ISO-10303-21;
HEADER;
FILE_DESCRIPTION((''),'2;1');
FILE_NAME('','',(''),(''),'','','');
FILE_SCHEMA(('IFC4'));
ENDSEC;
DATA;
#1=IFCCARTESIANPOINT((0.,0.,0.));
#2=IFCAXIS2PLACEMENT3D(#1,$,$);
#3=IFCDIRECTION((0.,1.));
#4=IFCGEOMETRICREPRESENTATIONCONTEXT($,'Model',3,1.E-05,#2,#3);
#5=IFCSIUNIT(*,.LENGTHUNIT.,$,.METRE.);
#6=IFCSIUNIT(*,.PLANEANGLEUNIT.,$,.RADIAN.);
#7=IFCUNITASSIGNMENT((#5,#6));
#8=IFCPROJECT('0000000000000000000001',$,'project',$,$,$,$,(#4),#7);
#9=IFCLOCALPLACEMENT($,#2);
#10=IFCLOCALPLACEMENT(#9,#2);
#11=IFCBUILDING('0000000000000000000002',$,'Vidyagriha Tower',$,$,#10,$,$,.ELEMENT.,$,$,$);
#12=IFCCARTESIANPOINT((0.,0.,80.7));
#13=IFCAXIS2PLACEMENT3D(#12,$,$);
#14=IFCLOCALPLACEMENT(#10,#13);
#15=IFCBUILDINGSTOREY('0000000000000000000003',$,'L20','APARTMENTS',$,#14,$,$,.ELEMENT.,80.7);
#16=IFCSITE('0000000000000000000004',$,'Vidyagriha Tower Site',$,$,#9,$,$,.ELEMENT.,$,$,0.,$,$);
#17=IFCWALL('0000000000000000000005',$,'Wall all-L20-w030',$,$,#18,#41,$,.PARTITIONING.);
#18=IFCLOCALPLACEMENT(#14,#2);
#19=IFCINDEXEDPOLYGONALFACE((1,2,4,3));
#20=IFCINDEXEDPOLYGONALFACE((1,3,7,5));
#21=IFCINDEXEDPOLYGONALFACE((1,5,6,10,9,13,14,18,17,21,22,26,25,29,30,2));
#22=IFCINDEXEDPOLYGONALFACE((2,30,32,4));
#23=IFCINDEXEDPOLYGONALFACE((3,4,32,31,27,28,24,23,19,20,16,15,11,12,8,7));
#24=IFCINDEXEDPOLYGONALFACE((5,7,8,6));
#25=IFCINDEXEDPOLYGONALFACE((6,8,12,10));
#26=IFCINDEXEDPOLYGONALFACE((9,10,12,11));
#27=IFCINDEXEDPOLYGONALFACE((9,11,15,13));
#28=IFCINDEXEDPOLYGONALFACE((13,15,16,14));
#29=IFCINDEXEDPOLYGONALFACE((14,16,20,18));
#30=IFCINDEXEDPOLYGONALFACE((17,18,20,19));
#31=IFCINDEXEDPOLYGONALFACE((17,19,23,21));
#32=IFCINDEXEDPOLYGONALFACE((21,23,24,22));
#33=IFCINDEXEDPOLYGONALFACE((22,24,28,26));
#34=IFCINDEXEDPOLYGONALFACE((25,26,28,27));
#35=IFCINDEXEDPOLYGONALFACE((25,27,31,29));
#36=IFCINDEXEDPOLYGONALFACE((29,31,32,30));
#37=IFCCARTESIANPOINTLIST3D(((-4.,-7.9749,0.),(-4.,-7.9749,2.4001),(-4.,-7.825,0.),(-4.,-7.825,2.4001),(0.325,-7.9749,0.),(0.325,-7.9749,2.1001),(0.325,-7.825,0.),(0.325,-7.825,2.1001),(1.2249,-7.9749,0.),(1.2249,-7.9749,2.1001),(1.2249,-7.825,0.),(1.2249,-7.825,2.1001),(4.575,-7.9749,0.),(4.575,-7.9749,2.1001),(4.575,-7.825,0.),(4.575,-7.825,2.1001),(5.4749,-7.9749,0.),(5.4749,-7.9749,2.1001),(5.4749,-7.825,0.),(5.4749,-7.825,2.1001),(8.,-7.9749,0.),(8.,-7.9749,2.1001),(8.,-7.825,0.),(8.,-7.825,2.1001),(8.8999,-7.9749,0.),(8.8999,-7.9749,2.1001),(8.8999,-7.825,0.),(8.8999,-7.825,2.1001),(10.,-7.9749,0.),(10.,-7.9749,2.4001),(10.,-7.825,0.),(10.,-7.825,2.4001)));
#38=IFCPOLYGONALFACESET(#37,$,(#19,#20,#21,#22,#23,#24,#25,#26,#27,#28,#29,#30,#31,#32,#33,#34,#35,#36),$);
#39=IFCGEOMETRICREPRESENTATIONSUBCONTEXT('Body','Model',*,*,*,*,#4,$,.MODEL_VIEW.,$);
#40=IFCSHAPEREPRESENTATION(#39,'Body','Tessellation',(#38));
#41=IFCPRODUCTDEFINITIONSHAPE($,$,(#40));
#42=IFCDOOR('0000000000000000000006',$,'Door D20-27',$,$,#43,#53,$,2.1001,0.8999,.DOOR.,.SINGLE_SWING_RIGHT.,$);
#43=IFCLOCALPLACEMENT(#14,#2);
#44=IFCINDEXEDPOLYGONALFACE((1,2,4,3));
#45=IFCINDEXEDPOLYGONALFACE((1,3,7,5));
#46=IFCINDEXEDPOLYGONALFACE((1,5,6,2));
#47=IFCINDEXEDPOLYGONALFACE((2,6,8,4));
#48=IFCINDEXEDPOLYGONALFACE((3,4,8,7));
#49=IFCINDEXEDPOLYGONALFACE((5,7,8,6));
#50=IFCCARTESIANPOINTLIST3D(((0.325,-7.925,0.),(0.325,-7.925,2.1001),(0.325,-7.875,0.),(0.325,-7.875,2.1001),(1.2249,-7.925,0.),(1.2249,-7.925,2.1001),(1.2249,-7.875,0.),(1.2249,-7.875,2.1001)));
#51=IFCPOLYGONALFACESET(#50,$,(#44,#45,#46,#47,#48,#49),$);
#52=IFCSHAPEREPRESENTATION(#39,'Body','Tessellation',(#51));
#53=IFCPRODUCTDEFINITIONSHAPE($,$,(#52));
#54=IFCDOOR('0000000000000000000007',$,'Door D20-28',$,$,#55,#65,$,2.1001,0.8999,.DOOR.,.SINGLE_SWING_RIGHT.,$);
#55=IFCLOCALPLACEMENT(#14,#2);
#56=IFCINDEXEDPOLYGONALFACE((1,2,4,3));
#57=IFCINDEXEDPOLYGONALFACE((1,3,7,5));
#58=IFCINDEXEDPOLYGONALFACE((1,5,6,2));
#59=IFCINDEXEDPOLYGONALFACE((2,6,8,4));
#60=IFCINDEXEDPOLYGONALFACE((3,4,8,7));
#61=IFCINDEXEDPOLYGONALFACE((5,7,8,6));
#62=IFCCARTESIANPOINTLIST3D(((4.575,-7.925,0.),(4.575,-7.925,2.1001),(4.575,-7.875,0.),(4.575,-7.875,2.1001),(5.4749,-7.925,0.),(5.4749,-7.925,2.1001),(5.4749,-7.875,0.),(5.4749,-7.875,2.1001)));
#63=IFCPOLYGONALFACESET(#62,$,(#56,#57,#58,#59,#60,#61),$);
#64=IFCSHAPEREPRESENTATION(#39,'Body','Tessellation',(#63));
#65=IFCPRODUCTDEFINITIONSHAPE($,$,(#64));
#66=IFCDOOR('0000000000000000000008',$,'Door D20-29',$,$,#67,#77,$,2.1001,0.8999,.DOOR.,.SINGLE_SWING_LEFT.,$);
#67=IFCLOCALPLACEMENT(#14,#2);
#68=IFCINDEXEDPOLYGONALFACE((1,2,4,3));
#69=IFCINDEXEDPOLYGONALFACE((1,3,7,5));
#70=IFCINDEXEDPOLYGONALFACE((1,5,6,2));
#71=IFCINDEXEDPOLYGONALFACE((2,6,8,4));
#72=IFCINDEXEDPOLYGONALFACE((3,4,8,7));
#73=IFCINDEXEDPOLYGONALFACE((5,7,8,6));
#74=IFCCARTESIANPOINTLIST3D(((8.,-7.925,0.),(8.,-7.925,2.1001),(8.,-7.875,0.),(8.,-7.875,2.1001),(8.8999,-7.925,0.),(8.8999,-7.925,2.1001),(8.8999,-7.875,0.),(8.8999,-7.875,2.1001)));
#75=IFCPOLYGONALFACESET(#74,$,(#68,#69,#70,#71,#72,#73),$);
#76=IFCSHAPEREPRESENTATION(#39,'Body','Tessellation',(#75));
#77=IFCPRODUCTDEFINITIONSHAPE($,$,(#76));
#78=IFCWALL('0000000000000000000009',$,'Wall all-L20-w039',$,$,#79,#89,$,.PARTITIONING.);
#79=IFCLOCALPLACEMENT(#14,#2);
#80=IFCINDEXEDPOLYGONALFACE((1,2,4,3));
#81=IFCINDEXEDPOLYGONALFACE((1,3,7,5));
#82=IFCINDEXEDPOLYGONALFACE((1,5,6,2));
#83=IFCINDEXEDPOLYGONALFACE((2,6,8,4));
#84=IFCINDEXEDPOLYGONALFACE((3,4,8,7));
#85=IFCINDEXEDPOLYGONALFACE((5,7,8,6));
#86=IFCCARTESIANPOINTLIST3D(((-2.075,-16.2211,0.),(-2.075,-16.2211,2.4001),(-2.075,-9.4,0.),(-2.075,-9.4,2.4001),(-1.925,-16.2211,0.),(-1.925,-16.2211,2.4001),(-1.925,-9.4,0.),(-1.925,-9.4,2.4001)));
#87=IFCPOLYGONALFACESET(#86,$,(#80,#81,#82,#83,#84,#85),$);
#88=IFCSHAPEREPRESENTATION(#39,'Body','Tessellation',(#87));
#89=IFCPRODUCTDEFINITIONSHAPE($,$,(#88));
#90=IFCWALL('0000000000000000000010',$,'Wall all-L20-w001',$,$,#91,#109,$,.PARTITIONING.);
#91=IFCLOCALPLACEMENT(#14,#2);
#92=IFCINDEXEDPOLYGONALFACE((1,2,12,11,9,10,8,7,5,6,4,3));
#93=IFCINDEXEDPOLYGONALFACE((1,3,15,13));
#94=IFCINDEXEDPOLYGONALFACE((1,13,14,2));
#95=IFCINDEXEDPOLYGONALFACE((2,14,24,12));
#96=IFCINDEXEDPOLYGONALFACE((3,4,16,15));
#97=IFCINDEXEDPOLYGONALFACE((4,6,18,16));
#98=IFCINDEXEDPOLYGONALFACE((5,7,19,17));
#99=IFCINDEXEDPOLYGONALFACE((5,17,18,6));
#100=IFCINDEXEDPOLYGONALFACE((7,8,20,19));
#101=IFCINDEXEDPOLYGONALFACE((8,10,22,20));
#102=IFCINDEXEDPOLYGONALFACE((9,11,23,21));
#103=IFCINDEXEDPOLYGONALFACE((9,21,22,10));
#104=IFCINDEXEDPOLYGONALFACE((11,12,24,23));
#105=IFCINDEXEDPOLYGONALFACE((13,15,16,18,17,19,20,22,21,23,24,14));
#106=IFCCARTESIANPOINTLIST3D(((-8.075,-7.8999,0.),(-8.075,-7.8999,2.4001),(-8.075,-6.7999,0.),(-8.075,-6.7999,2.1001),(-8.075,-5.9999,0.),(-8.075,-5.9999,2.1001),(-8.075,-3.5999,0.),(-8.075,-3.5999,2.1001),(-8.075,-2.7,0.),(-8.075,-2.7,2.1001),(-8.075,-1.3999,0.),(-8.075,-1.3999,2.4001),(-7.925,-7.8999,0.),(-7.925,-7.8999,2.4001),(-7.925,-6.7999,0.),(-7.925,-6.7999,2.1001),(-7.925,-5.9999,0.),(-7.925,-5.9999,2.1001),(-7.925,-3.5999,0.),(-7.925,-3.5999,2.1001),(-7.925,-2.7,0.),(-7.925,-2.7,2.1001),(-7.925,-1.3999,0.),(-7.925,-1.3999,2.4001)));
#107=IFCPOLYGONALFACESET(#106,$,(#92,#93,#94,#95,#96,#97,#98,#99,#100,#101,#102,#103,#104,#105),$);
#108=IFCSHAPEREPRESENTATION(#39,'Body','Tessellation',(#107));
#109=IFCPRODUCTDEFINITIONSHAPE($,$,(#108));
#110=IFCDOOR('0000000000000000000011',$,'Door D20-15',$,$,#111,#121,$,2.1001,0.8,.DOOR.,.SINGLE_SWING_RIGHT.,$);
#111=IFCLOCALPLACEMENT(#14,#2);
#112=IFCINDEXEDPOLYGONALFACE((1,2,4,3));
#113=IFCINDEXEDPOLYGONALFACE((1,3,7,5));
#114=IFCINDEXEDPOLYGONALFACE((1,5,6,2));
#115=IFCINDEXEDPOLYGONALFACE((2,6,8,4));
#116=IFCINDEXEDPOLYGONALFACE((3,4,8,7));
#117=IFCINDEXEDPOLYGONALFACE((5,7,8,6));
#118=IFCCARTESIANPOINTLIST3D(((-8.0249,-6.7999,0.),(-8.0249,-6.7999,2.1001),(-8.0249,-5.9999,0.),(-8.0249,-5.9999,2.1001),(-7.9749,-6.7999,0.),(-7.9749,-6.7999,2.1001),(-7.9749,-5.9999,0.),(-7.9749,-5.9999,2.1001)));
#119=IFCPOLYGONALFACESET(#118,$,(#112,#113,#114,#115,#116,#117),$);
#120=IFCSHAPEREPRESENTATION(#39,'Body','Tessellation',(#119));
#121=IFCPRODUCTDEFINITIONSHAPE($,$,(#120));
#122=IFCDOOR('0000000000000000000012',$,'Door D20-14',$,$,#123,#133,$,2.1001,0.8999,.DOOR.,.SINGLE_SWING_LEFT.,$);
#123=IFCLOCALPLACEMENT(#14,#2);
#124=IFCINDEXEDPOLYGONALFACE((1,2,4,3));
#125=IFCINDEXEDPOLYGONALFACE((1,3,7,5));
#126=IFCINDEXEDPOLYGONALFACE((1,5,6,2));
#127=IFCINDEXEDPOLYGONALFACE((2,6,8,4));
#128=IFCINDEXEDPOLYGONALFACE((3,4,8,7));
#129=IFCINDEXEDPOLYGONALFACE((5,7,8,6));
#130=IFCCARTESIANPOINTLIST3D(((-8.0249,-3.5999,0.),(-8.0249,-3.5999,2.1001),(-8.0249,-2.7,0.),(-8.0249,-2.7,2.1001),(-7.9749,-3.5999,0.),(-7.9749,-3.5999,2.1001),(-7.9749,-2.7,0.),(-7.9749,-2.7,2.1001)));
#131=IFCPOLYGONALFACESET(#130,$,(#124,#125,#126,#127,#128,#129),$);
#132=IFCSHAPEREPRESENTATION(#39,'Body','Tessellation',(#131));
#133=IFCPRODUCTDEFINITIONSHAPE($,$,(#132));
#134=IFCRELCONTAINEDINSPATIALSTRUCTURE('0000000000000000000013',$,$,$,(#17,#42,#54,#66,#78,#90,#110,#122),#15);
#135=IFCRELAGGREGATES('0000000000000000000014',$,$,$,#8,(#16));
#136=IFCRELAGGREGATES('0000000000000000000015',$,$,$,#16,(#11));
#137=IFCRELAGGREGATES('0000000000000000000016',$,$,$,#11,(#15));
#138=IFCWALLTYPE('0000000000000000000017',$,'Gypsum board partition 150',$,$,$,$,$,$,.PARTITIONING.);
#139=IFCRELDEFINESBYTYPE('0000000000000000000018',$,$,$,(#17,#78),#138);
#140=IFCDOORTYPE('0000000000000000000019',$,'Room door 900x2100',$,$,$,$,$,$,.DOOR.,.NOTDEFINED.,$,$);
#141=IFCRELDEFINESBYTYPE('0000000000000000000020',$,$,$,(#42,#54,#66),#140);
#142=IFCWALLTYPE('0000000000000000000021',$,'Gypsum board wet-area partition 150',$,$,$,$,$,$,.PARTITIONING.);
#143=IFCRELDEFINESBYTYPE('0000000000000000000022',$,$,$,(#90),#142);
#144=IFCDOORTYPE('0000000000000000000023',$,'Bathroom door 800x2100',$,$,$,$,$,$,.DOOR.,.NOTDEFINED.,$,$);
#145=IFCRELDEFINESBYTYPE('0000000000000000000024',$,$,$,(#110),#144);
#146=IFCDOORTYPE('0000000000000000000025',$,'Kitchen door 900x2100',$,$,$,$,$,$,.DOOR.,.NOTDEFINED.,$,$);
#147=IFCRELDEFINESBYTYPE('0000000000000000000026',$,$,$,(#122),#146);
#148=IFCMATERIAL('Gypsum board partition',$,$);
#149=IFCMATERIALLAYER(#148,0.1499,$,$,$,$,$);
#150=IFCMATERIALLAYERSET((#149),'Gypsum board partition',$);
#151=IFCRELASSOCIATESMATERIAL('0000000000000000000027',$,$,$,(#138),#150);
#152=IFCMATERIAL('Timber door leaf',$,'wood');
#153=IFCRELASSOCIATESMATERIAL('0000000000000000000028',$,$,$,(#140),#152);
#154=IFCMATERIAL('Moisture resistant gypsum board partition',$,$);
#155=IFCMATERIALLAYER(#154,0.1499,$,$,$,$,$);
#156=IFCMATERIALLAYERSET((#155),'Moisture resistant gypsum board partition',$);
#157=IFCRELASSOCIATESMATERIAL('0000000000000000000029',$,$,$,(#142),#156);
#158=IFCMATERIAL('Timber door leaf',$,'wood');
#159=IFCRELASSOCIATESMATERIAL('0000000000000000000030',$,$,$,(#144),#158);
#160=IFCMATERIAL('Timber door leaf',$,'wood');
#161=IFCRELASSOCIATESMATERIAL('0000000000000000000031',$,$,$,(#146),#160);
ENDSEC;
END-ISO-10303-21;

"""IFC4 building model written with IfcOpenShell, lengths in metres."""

from ifc_helpers import new_model, si_unit, direction, frame, frame_2d, origin, place, context, subcontext, project, spatial, rectangle, extrude, material, layer, layer_set, type_object, element, fill, save


model = new_model("IFC4")

# Units and contexts
model_context = context("Model", 3, precision=1e-05, world=origin(), true_north=direction((0.0, 1.0)))
body_context = subcontext(model_context, "Body", "Model", "MODEL_VIEW")
ifc_project = project(units=[si_unit("LENGTHUNIT", "METRE"), si_unit("PLANEANGLEUNIT", "RADIAN")], contexts=[model_context])

# Site, building, storey
site_placement = place(None, origin())
site = spatial("IfcSite", under=ifc_project, at=site_placement, Name="Vidyagriha Tower Site", CompositionType="ELEMENT", RefElevation=0.0)
building_placement = place(site_placement, origin())
building = spatial("IfcBuilding", under=site, at=building_placement, Name="Vidyagriha Tower", CompositionType="ELEMENT")
storey_placement = place(building_placement, frame((0.0, 0.0, 80.7)))
storey = spatial("IfcBuildingStorey", under=building, at=storey_placement, Name="L20", Description="APARTMENTS", CompositionType="ELEMENT", Elevation=80.7)

# Shared definitions
ifc_material_1 = material(Name="Gypsum board partition")
ifc_layer_1 = layer(ifc_material_1, 0.1499)
ifc_layer_set_1 = layer_set([ifc_layer_1], Name="Gypsum board partition")
wall_type_1 = type_object("IfcWallType", Name="Gypsum board partition 150", PredefinedType="PARTITIONING", material=ifc_layer_set_1)

# Shared definitions
ifc_material_2 = material(Name="Timber door leaf", Category="wood")
door_type_1 = type_object("IfcDoorType", Name="Room door 900x2100", OperationType="NOTDEFINED", PredefinedType="DOOR", material=ifc_material_2)

# Wall, openings, doors
wall_1_placement = place(storey_placement, frame((-4.0, -7.8999, 0.0)))
wall_1 = element("IfcWall", 1, at=wall_1_placement, inside=storey, type_object=wall_type_1, Name="Wall all-L20-w030", PredefinedType="PARTITIONING", context=body_context, shape_type="SweptSolid", body=[
    extrude(rectangle(XDim=14.0, YDim=0.1499, at=frame_2d((7.0, 0.0))), origin(), (0.0, 0.0, 1.0), 2.4001),
])
opening_1_placement = place(wall_1_placement, frame((4.325, 0.0, 0.0)))
opening_1 = element("IfcOpeningElement", 2, at=opening_1_placement, cuts=wall_1, PredefinedType="OPENING", context=body_context, shape_type="SweptSolid", body=[
    extrude(rectangle(XDim=0.8999, YDim=2.1001, at=frame_2d((0.45, 1.05))), frame((0.0, 0.085, 0.0), z_axis=(0.0, -1.0, 0.0), x_axis=(1.0, 0.0, 0.0)), (0.0, 0.0, 1.0), 0.1699),
])
opening_2_placement = place(wall_1_placement, frame((8.575, 0.0, 0.0)))
opening_2 = element("IfcOpeningElement", 3, at=opening_2_placement, cuts=wall_1, PredefinedType="OPENING", context=body_context, shape_type="SweptSolid", body=[
    extrude(rectangle(XDim=0.8999, YDim=2.1001, at=frame_2d((0.45, 1.05))), frame((0.0, 0.085, 0.0), z_axis=(0.0, -1.0, 0.0), x_axis=(1.0, 0.0, 0.0)), (0.0, 0.0, 1.0), 0.1699),
])
opening_3_placement = place(wall_1_placement, frame((12.0, 0.0, 0.0)))
opening_3 = element("IfcOpeningElement", 4, at=opening_3_placement, cuts=wall_1, PredefinedType="OPENING", context=body_context, shape_type="SweptSolid", body=[
    extrude(rectangle(XDim=0.8999, YDim=2.1001, at=frame_2d((0.45, 1.05))), frame((0.0, 0.085, 0.0), z_axis=(0.0, -1.0, 0.0), x_axis=(1.0, 0.0, 0.0)), (0.0, 0.0, 1.0), 0.1699),
])
door_1_placement = place(opening_1_placement, origin())
door_1 = element("IfcDoor", 5, at=door_1_placement, inside=storey, type_object=door_type_1, Name="Door D20-27", OperationType="SINGLE_SWING_RIGHT", OverallHeight=2.1001, OverallWidth=0.8999, PredefinedType="DOOR", context=body_context, shape_type="SweptSolid", body=[
    extrude(rectangle(XDim=0.8999, YDim=2.1001, at=frame_2d((0.45, 1.05))), frame((0.0, 0.0249, 0.0), z_axis=(0.0, -1.0, 0.0), x_axis=(1.0, 0.0, 0.0)), (0.0, 0.0, 1.0), 0.05),
])
fill(opening_1, door_1)
door_2_placement = place(opening_2_placement, origin())
door_2 = element("IfcDoor", 6, at=door_2_placement, inside=storey, type_object=door_type_1, Name="Door D20-28", OperationType="SINGLE_SWING_RIGHT", OverallHeight=2.1001, OverallWidth=0.8999, PredefinedType="DOOR", context=body_context, shape_type="SweptSolid", body=[
    extrude(rectangle(XDim=0.8999, YDim=2.1001, at=frame_2d((0.45, 1.05))), frame((0.0, 0.0249, 0.0), z_axis=(0.0, -1.0, 0.0), x_axis=(1.0, 0.0, 0.0)), (0.0, 0.0, 1.0), 0.05),
])
fill(opening_2, door_2)
door_3_placement = place(opening_3_placement, origin())
door_3 = element("IfcDoor", 7, at=door_3_placement, inside=storey, type_object=door_type_1, Name="Door D20-29", OperationType="SINGLE_SWING_LEFT", OverallHeight=2.1001, OverallWidth=0.8999, PredefinedType="DOOR", context=body_context, shape_type="SweptSolid", body=[
    extrude(rectangle(XDim=0.8999, YDim=2.1001, at=frame_2d((0.45, 1.05))), frame((0.0, 0.0249, 0.0), z_axis=(0.0, -1.0, 0.0), x_axis=(1.0, 0.0, 0.0)), (0.0, 0.0, 1.0), 0.05),
])
fill(opening_3, door_3)

# Wall
wall_2_placement = place(storey_placement, frame((-2.0, -9.3999, 0.0), z_axis=(0.0, 0.0, 1.0), x_axis=(0.0, -1.0, 0.0)))
element("IfcWall", 8, at=wall_2_placement, inside=storey, type_object=wall_type_1, Name="Wall all-L20-w039", PredefinedType="PARTITIONING", context=body_context, shape_type="SweptSolid", body=[
    extrude(rectangle(XDim=6.821, YDim=0.1499, at=frame_2d((3.4106, 0.0))), origin(), (0.0, 0.0, 1.0), 2.4001),
])

# Wall, openings, doors
ifc_material_3 = material(Name="Moisture resistant gypsum board partition")
ifc_layer_2 = layer(ifc_material_3, 0.1499)
ifc_layer_set_2 = layer_set([ifc_layer_2], Name="Moisture resistant gypsum board partition")
wall_type_2 = type_object("IfcWallType", Name="Gypsum board wet-area partition 150", PredefinedType="PARTITIONING", material=ifc_layer_set_2)
wall_3_placement = place(storey_placement, frame((-8.0, -7.8999, 0.0), z_axis=(0.0, 0.0, 1.0), x_axis=(0.0, 1.0, 0.0)))
wall_3 = element("IfcWall", 9, at=wall_3_placement, inside=storey, type_object=wall_type_2, Name="Wall all-L20-w001", PredefinedType="PARTITIONING", context=body_context, shape_type="SweptSolid", body=[
    extrude(rectangle(XDim=6.5, YDim=0.1499, at=frame_2d((3.25, 0.0))), origin(), (0.0, 0.0, 1.0), 2.4001),
])
opening_4_placement = place(wall_3_placement, frame((4.3, 0.0, 0.0)))
opening_4 = element("IfcOpeningElement", 10, at=opening_4_placement, cuts=wall_3, PredefinedType="OPENING", context=body_context, shape_type="SweptSolid", body=[
    extrude(rectangle(XDim=0.8999, YDim=2.1001, at=frame_2d((0.45, 1.05))), frame((0.0, 0.085, 0.0), z_axis=(0.0, -1.0, 0.0), x_axis=(1.0, 0.0, 0.0)), (0.0, 0.0, 1.0), 0.1699),
])
opening_5_placement = place(wall_3_placement, frame((1.1001, 0.0, 0.0)))
opening_5 = element("IfcOpeningElement", 11, at=opening_5_placement, cuts=wall_3, PredefinedType="OPENING", context=body_context, shape_type="SweptSolid", body=[
    extrude(rectangle(XDim=0.8, YDim=2.1001, at=frame_2d((0.3999, 1.05))), frame((0.0, 0.085, 0.0), z_axis=(0.0, -1.0, 0.0), x_axis=(1.0, 0.0, 0.0)), (0.0, 0.0, 1.0), 0.1699),
])
ifc_material_4 = material(Name="Timber door leaf", Category="wood")
door_type_2 = type_object("IfcDoorType", Name="Bathroom door 800x2100", OperationType="NOTDEFINED", PredefinedType="DOOR", material=ifc_material_4)
door_4_placement = place(opening_5_placement, origin())
door_4 = element("IfcDoor", 12, at=door_4_placement, inside=storey, type_object=door_type_2, Name="Door D20-15", OperationType="SINGLE_SWING_RIGHT", OverallHeight=2.1001, OverallWidth=0.8, PredefinedType="DOOR", context=body_context, shape_type="SweptSolid", body=[
    extrude(rectangle(XDim=0.8, YDim=2.1001, at=frame_2d((0.3999, 1.05))), frame((0.0, 0.0249, 0.0), z_axis=(0.0, -1.0, 0.0), x_axis=(1.0, 0.0, 0.0)), (0.0, 0.0, 1.0), 0.05),
])
fill(opening_5, door_4)
ifc_material_5 = material(Name="Timber door leaf", Category="wood")
door_type_3 = type_object("IfcDoorType", Name="Kitchen door 900x2100", OperationType="NOTDEFINED", PredefinedType="DOOR", material=ifc_material_5)
door_5_placement = place(opening_4_placement, origin())
door_5 = element("IfcDoor", 13, at=door_5_placement, inside=storey, type_object=door_type_3, Name="Door D20-14", OperationType="SINGLE_SWING_LEFT", OverallHeight=2.1001, OverallWidth=0.8999, PredefinedType="DOOR", context=body_context, shape_type="SweptSolid", body=[
    extrude(rectangle(XDim=0.8999, YDim=2.1001, at=frame_2d((0.45, 1.05))), frame((0.0, 0.0249, 0.0), z_axis=(0.0, -1.0, 0.0), x_axis=(1.0, 0.0, 0.0)), (0.0, 0.0, 1.0), 0.05),
])
fill(opening_4, door_5)

save(model, "model.ifc")
